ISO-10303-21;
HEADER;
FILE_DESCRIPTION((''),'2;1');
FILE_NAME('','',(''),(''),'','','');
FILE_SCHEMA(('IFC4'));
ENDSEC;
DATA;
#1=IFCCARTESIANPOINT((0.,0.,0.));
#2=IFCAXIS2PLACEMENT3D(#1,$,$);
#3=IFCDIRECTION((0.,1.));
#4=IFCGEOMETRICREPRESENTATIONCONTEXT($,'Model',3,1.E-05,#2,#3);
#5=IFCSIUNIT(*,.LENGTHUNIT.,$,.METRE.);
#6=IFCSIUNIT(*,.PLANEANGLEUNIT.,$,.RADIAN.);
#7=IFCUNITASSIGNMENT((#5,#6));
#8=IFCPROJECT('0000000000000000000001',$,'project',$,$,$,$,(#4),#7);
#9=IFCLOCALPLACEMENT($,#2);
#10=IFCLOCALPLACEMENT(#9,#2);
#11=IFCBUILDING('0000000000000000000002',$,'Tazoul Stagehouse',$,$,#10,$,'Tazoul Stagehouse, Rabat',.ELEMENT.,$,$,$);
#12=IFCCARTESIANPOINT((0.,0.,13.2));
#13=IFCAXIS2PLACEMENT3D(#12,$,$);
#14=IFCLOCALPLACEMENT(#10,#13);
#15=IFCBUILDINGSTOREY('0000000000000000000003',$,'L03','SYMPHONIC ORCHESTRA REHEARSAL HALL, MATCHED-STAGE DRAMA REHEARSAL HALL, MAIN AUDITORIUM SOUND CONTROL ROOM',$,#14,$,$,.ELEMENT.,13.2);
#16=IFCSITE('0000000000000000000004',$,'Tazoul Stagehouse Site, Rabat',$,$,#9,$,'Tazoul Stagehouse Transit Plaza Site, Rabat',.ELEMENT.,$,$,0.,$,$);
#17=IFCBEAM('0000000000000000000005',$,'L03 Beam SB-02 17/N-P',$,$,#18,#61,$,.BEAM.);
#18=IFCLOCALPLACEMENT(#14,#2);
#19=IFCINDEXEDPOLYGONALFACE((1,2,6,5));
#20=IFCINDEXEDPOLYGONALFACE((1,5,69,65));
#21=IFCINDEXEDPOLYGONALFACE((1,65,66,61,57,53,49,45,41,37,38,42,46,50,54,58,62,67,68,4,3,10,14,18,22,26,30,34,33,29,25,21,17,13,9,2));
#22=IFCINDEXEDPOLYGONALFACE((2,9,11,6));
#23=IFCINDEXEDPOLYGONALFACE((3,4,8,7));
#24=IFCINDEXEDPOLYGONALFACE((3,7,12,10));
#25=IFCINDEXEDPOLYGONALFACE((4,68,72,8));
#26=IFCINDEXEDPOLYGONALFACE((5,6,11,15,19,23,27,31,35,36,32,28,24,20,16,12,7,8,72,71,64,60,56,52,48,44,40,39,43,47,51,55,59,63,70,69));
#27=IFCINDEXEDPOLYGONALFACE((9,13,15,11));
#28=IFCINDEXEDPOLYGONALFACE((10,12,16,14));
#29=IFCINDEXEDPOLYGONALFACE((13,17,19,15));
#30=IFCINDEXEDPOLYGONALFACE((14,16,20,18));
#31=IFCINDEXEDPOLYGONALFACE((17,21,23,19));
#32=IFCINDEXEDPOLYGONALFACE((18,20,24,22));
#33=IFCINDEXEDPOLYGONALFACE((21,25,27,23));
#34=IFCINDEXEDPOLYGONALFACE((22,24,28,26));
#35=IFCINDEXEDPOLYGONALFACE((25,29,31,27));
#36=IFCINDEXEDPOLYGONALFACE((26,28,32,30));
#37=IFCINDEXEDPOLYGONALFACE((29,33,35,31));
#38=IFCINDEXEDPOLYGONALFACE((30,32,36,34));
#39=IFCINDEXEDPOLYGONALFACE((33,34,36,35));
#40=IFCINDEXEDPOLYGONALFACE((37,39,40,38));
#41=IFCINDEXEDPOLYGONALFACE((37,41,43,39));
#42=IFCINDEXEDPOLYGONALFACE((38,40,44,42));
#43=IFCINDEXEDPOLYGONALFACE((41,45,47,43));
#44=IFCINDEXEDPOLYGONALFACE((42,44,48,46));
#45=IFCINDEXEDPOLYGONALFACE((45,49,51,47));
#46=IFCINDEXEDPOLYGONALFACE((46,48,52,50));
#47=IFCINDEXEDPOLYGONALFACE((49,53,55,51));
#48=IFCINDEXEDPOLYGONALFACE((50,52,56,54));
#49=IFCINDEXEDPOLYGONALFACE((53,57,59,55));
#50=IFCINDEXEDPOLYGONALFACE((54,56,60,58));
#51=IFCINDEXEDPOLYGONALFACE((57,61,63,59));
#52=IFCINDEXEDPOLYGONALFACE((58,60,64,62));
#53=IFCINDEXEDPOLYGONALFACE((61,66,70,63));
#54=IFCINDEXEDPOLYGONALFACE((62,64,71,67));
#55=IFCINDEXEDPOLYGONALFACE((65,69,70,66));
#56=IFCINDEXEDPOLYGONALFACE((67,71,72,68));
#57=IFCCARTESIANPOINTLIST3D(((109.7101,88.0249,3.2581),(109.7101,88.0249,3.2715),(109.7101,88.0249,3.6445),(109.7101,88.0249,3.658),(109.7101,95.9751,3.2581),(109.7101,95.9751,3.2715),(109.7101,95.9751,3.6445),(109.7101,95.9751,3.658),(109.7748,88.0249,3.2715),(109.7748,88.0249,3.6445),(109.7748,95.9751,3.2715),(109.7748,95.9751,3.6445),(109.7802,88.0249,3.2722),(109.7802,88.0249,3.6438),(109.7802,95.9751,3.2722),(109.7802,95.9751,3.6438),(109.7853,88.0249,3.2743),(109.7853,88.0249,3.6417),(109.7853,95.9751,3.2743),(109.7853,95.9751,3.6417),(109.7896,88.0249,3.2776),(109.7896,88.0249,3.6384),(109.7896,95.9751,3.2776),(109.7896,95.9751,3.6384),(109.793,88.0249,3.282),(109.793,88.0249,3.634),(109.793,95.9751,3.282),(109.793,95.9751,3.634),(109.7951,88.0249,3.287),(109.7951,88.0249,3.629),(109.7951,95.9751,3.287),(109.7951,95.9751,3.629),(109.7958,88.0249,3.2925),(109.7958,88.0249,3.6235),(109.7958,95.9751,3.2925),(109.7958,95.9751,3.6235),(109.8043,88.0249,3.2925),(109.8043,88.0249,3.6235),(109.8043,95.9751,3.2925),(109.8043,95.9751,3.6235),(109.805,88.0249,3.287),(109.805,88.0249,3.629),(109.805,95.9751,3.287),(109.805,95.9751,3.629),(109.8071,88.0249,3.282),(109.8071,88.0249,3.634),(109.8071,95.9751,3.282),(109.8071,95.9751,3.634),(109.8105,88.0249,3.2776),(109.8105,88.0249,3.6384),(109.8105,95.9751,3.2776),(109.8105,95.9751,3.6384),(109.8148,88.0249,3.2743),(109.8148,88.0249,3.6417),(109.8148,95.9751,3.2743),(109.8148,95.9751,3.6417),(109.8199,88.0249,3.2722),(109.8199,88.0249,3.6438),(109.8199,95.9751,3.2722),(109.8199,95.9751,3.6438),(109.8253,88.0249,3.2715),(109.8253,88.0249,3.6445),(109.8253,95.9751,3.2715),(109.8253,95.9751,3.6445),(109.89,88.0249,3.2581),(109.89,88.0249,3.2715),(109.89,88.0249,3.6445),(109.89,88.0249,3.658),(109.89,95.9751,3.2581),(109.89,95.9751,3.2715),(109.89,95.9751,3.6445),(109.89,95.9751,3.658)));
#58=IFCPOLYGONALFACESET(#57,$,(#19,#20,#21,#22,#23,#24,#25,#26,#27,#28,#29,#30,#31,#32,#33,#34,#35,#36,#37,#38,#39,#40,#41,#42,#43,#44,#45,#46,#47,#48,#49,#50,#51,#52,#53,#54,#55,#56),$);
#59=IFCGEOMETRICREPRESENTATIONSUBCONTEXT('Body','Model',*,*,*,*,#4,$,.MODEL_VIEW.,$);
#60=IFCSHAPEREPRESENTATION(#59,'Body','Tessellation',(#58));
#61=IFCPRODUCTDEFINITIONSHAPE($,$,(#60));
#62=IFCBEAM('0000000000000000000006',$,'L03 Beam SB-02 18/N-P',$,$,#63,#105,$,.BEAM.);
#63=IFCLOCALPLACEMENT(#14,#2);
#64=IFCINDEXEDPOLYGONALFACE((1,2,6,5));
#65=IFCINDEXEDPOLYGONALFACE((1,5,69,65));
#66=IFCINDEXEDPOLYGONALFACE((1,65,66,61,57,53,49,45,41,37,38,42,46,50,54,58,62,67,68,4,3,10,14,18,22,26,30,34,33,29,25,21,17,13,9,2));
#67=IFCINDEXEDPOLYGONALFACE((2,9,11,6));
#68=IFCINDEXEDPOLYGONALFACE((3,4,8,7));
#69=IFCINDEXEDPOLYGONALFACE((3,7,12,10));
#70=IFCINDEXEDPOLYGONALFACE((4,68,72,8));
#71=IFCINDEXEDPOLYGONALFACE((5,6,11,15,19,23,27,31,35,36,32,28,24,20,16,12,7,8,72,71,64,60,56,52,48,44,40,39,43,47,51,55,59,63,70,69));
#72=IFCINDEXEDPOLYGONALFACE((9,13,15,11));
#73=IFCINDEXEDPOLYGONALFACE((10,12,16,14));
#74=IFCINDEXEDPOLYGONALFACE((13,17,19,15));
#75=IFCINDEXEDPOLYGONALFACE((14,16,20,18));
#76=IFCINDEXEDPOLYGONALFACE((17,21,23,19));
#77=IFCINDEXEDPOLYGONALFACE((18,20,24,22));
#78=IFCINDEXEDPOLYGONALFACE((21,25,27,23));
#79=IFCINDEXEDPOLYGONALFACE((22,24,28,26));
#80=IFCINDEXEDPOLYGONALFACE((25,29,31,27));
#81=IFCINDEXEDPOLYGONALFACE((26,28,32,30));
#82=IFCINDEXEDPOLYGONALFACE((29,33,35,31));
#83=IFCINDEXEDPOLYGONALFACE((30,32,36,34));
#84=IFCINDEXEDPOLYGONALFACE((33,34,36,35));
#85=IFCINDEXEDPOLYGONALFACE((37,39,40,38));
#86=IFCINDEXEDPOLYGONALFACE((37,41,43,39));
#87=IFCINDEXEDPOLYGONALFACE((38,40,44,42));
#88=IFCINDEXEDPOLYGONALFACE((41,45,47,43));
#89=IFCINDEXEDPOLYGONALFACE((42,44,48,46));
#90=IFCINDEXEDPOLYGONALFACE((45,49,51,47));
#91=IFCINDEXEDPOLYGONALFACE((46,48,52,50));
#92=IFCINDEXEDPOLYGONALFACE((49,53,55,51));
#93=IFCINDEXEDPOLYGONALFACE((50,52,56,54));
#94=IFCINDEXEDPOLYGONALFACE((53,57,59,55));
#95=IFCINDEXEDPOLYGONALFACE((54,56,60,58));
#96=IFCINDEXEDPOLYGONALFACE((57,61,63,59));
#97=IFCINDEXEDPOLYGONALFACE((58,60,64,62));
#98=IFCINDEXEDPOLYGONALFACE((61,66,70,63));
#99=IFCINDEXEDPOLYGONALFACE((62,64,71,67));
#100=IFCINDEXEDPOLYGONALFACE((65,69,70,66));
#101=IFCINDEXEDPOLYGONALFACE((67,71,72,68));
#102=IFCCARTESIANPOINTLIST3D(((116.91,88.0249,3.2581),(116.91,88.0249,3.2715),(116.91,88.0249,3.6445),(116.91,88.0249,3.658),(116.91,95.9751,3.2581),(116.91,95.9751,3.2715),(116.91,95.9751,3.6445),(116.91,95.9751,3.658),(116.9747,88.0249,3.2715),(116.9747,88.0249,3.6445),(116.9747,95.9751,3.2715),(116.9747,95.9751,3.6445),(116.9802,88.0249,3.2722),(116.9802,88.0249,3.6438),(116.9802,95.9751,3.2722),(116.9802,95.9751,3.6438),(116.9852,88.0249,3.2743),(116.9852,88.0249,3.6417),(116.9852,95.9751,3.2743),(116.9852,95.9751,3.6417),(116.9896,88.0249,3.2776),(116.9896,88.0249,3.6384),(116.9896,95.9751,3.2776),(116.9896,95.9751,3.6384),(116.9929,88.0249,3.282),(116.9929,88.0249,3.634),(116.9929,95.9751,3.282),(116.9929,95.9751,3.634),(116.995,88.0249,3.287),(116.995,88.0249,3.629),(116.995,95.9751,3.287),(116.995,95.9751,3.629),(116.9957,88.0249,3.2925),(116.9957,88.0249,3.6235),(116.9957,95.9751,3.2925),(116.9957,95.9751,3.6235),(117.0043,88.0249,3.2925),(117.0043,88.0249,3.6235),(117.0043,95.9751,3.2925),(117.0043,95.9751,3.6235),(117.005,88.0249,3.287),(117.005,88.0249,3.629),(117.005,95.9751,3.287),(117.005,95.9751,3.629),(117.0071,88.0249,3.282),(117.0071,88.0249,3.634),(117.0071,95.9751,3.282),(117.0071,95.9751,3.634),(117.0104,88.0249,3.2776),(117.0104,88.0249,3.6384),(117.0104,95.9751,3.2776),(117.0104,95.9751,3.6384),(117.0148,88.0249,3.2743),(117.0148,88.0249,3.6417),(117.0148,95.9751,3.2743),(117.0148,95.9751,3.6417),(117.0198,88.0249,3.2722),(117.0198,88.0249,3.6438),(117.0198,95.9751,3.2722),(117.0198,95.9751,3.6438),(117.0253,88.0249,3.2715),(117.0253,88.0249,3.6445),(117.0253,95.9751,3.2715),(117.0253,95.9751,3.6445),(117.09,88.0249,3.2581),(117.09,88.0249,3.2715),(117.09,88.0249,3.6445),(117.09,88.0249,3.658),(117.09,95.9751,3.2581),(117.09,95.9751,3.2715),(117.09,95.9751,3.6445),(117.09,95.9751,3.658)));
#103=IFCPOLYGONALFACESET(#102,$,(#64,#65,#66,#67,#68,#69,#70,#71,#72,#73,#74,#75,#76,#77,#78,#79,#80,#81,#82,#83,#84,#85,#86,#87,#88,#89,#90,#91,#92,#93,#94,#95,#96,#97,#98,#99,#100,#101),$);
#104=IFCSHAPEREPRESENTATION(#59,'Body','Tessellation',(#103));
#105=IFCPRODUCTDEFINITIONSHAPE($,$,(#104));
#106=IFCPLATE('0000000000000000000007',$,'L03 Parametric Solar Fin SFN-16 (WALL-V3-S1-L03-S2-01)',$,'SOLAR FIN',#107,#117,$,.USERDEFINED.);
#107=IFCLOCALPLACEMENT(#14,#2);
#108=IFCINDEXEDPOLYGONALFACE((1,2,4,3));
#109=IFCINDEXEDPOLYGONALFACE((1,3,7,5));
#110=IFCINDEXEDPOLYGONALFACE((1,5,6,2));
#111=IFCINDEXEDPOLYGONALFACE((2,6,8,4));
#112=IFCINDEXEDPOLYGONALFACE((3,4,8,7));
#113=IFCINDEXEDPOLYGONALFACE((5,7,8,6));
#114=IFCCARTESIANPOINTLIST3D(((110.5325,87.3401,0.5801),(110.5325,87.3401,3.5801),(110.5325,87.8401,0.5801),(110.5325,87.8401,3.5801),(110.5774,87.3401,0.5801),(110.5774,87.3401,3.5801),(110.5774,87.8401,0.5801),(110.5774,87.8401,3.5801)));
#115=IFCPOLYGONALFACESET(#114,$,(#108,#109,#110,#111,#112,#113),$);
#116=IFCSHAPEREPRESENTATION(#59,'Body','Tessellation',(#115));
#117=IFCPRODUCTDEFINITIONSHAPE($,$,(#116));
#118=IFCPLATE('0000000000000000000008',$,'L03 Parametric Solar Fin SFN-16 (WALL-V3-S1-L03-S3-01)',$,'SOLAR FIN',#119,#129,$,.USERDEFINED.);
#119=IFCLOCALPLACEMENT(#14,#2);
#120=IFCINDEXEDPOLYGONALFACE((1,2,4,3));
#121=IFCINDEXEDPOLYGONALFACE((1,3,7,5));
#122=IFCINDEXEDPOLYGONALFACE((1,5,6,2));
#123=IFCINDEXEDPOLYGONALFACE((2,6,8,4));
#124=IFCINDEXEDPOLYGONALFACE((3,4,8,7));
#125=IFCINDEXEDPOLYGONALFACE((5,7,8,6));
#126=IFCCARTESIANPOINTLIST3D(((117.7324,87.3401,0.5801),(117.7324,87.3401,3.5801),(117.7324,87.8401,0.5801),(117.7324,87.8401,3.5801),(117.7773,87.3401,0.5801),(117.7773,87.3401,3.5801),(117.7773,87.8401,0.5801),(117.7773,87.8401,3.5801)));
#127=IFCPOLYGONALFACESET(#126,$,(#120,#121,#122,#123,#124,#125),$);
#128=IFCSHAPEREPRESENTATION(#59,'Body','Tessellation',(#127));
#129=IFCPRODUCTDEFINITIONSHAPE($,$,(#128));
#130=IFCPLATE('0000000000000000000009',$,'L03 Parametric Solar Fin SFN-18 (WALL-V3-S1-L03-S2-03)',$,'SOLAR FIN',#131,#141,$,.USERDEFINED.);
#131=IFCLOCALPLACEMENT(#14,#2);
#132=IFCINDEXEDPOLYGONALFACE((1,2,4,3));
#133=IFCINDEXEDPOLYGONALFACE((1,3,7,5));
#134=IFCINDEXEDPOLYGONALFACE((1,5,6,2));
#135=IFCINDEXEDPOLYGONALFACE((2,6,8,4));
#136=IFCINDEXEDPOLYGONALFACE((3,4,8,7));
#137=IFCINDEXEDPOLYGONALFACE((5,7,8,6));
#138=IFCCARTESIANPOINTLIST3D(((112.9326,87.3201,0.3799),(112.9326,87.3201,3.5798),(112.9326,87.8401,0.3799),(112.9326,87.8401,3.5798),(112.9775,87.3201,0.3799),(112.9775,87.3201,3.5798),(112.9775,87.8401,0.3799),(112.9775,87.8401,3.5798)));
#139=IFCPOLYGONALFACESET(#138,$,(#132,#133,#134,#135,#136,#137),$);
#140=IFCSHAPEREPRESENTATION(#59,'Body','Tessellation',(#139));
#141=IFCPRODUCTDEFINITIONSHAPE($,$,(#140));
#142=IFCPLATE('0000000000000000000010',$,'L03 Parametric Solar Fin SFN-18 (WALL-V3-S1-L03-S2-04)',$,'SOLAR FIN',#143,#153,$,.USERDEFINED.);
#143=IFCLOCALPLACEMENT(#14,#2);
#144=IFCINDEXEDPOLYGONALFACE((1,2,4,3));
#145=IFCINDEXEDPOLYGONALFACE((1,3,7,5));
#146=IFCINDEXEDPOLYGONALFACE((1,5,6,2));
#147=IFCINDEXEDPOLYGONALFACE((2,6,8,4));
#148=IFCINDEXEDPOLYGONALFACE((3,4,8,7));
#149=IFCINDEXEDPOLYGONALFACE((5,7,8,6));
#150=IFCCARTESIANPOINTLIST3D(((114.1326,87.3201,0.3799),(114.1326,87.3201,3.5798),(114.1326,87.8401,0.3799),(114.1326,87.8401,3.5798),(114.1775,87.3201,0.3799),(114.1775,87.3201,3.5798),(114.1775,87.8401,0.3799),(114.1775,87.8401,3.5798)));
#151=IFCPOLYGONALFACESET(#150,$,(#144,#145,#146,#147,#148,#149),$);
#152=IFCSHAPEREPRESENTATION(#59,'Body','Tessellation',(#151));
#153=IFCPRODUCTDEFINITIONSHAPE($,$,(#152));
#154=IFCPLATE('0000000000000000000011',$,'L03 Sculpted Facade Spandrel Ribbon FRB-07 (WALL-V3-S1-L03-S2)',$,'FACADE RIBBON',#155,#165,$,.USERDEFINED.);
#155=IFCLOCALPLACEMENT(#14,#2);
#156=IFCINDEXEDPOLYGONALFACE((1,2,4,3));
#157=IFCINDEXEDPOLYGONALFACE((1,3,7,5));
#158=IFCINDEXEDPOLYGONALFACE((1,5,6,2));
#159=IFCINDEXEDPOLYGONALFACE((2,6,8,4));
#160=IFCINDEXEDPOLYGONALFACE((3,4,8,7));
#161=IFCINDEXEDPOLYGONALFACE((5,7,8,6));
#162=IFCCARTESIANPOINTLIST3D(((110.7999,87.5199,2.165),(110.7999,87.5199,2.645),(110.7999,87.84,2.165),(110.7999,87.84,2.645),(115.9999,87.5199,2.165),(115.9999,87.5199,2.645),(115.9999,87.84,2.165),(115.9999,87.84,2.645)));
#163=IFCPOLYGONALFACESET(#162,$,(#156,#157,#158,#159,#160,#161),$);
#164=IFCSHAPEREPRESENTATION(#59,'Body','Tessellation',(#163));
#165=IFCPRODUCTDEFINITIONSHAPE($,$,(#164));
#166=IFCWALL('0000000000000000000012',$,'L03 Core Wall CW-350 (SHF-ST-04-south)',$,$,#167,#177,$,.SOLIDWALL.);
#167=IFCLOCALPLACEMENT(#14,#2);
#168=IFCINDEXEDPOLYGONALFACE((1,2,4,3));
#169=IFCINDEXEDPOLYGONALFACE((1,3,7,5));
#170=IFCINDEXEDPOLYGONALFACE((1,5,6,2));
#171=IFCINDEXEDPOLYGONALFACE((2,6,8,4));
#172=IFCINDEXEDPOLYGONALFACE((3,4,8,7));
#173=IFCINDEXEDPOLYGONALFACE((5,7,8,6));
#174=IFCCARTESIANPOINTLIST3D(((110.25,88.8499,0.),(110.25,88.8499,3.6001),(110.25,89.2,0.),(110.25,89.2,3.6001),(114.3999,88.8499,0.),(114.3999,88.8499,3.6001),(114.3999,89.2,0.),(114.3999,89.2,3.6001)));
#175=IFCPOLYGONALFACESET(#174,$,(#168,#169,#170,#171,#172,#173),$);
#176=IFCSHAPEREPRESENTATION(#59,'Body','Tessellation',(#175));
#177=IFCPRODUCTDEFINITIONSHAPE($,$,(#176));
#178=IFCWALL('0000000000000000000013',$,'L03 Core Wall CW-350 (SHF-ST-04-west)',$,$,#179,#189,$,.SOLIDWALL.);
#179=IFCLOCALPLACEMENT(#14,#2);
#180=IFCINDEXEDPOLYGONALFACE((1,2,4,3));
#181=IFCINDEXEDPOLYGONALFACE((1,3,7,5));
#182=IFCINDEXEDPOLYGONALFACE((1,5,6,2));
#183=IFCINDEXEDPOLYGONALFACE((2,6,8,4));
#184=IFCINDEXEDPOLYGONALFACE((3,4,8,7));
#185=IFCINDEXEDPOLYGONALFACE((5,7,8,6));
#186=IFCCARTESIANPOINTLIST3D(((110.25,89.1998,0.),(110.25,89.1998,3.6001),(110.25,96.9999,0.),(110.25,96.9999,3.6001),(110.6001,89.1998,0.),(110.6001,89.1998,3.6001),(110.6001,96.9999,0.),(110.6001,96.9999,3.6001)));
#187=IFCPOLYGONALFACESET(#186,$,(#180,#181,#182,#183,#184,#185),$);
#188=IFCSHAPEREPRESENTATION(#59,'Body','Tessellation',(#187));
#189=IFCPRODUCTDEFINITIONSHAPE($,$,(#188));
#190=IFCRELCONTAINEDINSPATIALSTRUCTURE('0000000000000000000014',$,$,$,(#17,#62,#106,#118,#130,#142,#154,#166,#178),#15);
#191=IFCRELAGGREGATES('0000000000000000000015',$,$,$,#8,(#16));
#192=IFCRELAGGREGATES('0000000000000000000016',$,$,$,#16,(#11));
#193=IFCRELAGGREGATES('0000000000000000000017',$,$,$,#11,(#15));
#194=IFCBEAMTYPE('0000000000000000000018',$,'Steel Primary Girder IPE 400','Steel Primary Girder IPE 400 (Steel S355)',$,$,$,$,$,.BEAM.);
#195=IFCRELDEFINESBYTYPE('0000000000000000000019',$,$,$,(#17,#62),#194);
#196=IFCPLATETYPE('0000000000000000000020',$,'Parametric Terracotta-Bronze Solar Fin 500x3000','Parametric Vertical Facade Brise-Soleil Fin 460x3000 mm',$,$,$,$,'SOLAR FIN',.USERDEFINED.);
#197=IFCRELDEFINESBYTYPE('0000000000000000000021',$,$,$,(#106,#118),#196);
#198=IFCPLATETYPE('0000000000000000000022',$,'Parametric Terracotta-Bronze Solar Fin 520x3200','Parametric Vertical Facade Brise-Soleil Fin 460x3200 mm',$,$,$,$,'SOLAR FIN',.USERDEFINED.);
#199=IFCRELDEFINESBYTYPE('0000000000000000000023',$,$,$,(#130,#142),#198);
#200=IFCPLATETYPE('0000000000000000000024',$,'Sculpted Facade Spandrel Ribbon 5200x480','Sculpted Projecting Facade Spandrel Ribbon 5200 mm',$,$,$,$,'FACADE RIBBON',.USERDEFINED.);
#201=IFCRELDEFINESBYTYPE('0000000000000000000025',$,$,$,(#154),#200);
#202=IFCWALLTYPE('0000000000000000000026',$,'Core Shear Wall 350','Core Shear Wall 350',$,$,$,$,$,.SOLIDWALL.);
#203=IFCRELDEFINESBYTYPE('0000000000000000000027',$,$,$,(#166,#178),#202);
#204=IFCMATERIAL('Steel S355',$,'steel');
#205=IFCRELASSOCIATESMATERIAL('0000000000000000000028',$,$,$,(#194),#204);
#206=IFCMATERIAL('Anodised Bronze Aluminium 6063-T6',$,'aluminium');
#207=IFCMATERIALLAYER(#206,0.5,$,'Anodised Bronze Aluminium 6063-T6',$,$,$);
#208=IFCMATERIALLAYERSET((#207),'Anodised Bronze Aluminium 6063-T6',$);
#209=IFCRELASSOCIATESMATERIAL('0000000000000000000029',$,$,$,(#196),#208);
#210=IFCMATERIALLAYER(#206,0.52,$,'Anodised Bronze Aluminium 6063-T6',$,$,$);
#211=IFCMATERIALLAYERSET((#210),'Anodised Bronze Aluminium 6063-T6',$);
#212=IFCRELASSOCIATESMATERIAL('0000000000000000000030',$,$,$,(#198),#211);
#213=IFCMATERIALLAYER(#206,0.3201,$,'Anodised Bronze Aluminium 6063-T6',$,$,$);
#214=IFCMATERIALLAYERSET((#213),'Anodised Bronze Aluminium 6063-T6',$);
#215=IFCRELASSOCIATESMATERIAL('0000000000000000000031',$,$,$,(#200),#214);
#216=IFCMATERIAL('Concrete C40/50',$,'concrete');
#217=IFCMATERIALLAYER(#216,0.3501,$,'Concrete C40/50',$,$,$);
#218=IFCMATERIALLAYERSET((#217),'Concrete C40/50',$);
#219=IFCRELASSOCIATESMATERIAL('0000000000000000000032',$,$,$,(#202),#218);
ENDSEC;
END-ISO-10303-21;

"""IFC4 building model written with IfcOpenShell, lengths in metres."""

from ifc_helpers import new_model, si_unit, direction, frame, frame_2d, origin, origin_2d, place, context, subcontext, project, spatial, rectangle, i_section, extrude, material, layer, layer_set, material_profile, profile_set, type_object, element, save


model = new_model("IFC4")

# Units and contexts
model_context = context("Model", 3, precision=1e-05, world=origin(), true_north=direction((0.0, 1.0)))
body_context = subcontext(model_context, "Body", "Model", "MODEL_VIEW")
ifc_project = project(units=[si_unit("LENGTHUNIT", "METRE"), si_unit("PLANEANGLEUNIT", "RADIAN")], contexts=[model_context])

# Site, building, storey
site_placement = place(None, origin())
site = spatial("IfcSite", under=ifc_project, at=site_placement, Name="Tazoul Stagehouse Site, Rabat", LongName="Tazoul Stagehouse Transit Plaza Site, Rabat", CompositionType="ELEMENT", RefElevation=0.0)
building_placement = place(site_placement, origin())
building = spatial("IfcBuilding", under=site, at=building_placement, Name="Tazoul Stagehouse", LongName="Tazoul Stagehouse, Rabat", CompositionType="ELEMENT")
storey_placement = place(building_placement, frame((0.0, 0.0, 13.2)))
storey = spatial("IfcBuildingStorey", under=building, at=storey_placement, Name="L03", Description="SYMPHONIC ORCHESTRA REHEARSAL HALL, MATCHED-STAGE DRAMA REHEARSAL HALL, MAIN AUDITORIUM SOUND CONTROL ROOM", CompositionType="ELEMENT", Elevation=13.2)

# Shared definitions
ifc_material_1 = material(Name="Concrete C40/50", Category="concrete")

# Beams
ifc_material_2 = material(Name="Steel S355", Category="steel")
ifc_material_profile_1 = material_profile(ifc_material_2, i_section(OverallWidth=0.1799, OverallDepth=0.3999, WebThickness=0.0085, FlangeThickness=0.0134, FilletRadius=0.021, at=origin_2d()), Name="IPE 400")
ifc_profile_set_1 = profile_set([ifc_material_profile_1], Name="Steel S355")
beam_type_1 = type_object("IfcBeamType", Name="Steel Primary Girder IPE 400", Description="Steel Primary Girder IPE 400 (Steel S355)", PredefinedType="BEAM", material=ifc_profile_set_1)
for number, where, z_axis, x_axis, name in (
    (1, (109.8, 88.0249, 3.458), (0.0, 1.0, 0.0), (-1.0, 0.0, 0.0), "L03 Beam SB-02 17/N-P"),
    (2, (117.0, 88.0249, 3.458), (0.0, 1.0, 0.0), (-1.0, 0.0, 0.0), "L03 Beam SB-02 18/N-P"),
):
    element("IfcBeam", number, at=place(storey_placement, frame(where, z_axis=z_axis, x_axis=x_axis)), inside=storey, type_object=beam_type_1, Name=name, PredefinedType="BEAM", context=body_context, shape_type="SweptSolid", body=[
        extrude(i_section(OverallWidth=0.1799, OverallDepth=0.3999, WebThickness=0.0085, FlangeThickness=0.0134, FilletRadius=0.021, at=origin_2d()), origin(), (0.0, 0.0, 1.0), 7.9502),
    ])

# Plates
ifc_material_3 = material(Name="Anodised Bronze Aluminium 6063-T6", Category="aluminium")
ifc_layer_1 = layer(ifc_material_3, 0.5, Name="Anodised Bronze Aluminium 6063-T6")
ifc_layer_set_1 = layer_set([ifc_layer_1], Name="Anodised Bronze Aluminium 6063-T6")
plate_type_1 = type_object("IfcPlateType", Name="Parametric Terracotta-Bronze Solar Fin 500x3000", Description="Parametric Vertical Facade Brise-Soleil Fin 460x3000 mm", ElementType="SOLAR FIN", PredefinedType="USERDEFINED", material=ifc_layer_set_1)
for number, where, z_axis, x_axis, name in (
    (3, (110.5549, 87.5901, 0.5801), (0.0, 0.0, 1.0), (1.0, 0.0, 0.0), "L03 Parametric Solar Fin SFN-16 (WALL-V3-S1-L03-S2-01)"),
    (4, (117.7549, 87.5901, 0.5801), (0.0, 0.0, 1.0), (1.0, 0.0, 0.0), "L03 Parametric Solar Fin SFN-16 (WALL-V3-S1-L03-S3-01)"),
):
    element("IfcPlate", number, at=place(storey_placement, frame(where, z_axis=z_axis, x_axis=x_axis)), inside=storey, type_object=plate_type_1, Name=name, ObjectType="SOLAR FIN", PredefinedType="USERDEFINED", context=body_context, shape_type="SweptSolid", body=[
        extrude(rectangle(XDim=0.0449, YDim=0.5, at=origin_2d()), origin(), (0.0, 0.0, 1.0), 3.0),
    ])
ifc_layer_2 = layer(ifc_material_3, 0.52, Name="Anodised Bronze Aluminium 6063-T6")
ifc_layer_set_2 = layer_set([ifc_layer_2], Name="Anodised Bronze Aluminium 6063-T6")
plate_type_2 = type_object("IfcPlateType", Name="Parametric Terracotta-Bronze Solar Fin 520x3200", Description="Parametric Vertical Facade Brise-Soleil Fin 460x3200 mm", ElementType="SOLAR FIN", PredefinedType="USERDEFINED", material=ifc_layer_set_2)
for number, where, z_axis, x_axis, name in (
    (5, (112.9551, 87.5801, 0.3799), (0.0, 0.0, 1.0), (1.0, 0.0, 0.0), "L03 Parametric Solar Fin SFN-18 (WALL-V3-S1-L03-S2-03)"),
    (6, (114.155, 87.5801, 0.3799), (0.0, 0.0, 1.0), (1.0, 0.0, 0.0), "L03 Parametric Solar Fin SFN-18 (WALL-V3-S1-L03-S2-04)"),
):
    element("IfcPlate", number, at=place(storey_placement, frame(where, z_axis=z_axis, x_axis=x_axis)), inside=storey, type_object=plate_type_2, Name=name, ObjectType="SOLAR FIN", PredefinedType="USERDEFINED", context=body_context, shape_type="SweptSolid", body=[
        extrude(rectangle(XDim=0.0449, YDim=0.52, at=origin_2d()), origin(), (0.0, 0.0, 1.0), 3.2),
    ])
ifc_layer_3 = layer(ifc_material_3, 0.3201, Name="Anodised Bronze Aluminium 6063-T6")
ifc_layer_set_3 = layer_set([ifc_layer_3], Name="Anodised Bronze Aluminium 6063-T6")
plate_type_3 = type_object("IfcPlateType", Name="Sculpted Facade Spandrel Ribbon 5200x480", Description="Sculpted Projecting Facade Spandrel Ribbon 5200 mm", ElementType="FACADE RIBBON", PredefinedType="USERDEFINED", material=ifc_layer_set_3)
plate_placement = place(storey_placement, frame((113.3999, 87.6799, 2.165), z_axis=(0.0, 0.0, 1.0), x_axis=(1.0, 0.0, 0.0)))
element("IfcPlate", 7, at=plate_placement, inside=storey, type_object=plate_type_3, Name="L03 Sculpted Facade Spandrel Ribbon FRB-07 (WALL-V3-S1-L03-S2)", ObjectType="FACADE RIBBON", PredefinedType="USERDEFINED", context=body_context, shape_type="SweptSolid", body=[
    extrude(rectangle(XDim=5.2, YDim=0.3201, at=origin_2d()), origin(), (0.0, 0.0, 1.0), 0.48),
])

# Walls
ifc_layer_4 = layer(ifc_material_1, 0.3501, Name="Concrete C40/50")
ifc_layer_set_4 = layer_set([ifc_layer_4], Name="Concrete C40/50")
wall_type_1 = type_object("IfcWallType", Name="Core Shear Wall 350", Description="Core Shear Wall 350", PredefinedType="SOLIDWALL", material=ifc_layer_set_4)
wall_1_placement = place(storey_placement, frame((114.3999, 89.0249, 0.0), z_axis=(0.0, 0.0, 1.0), x_axis=(-1.0, 0.0, 0.0)))
element("IfcWall", 8, at=wall_1_placement, inside=storey, type_object=wall_type_1, Name="L03 Core Wall CW-350 (SHF-ST-04-south)", PredefinedType="SOLIDWALL", context=body_context, shape_type="SweptSolid", body=[
    extrude(rectangle(XDim=4.1499, YDim=0.3501, at=frame_2d((2.075, 0.0))), origin(), (0.0, 0.0, 1.0), 3.6001),
])
wall_2_placement = place(storey_placement, frame((110.425, 89.2, 0.0), z_axis=(0.0, 0.0, 1.0), x_axis=(0.0, 1.0, 0.0)))
element("IfcWall", 9, at=wall_2_placement, inside=storey, type_object=wall_type_1, Name="L03 Core Wall CW-350 (SHF-ST-04-west)", PredefinedType="SOLIDWALL", context=body_context, shape_type="SweptSolid", body=[
    extrude(rectangle(XDim=7.8, YDim=0.3501, at=frame_2d((3.8999, 0.0))), origin(), (0.0, 0.0, 1.0), 3.6001),
])

save(model, "model.ifc")
